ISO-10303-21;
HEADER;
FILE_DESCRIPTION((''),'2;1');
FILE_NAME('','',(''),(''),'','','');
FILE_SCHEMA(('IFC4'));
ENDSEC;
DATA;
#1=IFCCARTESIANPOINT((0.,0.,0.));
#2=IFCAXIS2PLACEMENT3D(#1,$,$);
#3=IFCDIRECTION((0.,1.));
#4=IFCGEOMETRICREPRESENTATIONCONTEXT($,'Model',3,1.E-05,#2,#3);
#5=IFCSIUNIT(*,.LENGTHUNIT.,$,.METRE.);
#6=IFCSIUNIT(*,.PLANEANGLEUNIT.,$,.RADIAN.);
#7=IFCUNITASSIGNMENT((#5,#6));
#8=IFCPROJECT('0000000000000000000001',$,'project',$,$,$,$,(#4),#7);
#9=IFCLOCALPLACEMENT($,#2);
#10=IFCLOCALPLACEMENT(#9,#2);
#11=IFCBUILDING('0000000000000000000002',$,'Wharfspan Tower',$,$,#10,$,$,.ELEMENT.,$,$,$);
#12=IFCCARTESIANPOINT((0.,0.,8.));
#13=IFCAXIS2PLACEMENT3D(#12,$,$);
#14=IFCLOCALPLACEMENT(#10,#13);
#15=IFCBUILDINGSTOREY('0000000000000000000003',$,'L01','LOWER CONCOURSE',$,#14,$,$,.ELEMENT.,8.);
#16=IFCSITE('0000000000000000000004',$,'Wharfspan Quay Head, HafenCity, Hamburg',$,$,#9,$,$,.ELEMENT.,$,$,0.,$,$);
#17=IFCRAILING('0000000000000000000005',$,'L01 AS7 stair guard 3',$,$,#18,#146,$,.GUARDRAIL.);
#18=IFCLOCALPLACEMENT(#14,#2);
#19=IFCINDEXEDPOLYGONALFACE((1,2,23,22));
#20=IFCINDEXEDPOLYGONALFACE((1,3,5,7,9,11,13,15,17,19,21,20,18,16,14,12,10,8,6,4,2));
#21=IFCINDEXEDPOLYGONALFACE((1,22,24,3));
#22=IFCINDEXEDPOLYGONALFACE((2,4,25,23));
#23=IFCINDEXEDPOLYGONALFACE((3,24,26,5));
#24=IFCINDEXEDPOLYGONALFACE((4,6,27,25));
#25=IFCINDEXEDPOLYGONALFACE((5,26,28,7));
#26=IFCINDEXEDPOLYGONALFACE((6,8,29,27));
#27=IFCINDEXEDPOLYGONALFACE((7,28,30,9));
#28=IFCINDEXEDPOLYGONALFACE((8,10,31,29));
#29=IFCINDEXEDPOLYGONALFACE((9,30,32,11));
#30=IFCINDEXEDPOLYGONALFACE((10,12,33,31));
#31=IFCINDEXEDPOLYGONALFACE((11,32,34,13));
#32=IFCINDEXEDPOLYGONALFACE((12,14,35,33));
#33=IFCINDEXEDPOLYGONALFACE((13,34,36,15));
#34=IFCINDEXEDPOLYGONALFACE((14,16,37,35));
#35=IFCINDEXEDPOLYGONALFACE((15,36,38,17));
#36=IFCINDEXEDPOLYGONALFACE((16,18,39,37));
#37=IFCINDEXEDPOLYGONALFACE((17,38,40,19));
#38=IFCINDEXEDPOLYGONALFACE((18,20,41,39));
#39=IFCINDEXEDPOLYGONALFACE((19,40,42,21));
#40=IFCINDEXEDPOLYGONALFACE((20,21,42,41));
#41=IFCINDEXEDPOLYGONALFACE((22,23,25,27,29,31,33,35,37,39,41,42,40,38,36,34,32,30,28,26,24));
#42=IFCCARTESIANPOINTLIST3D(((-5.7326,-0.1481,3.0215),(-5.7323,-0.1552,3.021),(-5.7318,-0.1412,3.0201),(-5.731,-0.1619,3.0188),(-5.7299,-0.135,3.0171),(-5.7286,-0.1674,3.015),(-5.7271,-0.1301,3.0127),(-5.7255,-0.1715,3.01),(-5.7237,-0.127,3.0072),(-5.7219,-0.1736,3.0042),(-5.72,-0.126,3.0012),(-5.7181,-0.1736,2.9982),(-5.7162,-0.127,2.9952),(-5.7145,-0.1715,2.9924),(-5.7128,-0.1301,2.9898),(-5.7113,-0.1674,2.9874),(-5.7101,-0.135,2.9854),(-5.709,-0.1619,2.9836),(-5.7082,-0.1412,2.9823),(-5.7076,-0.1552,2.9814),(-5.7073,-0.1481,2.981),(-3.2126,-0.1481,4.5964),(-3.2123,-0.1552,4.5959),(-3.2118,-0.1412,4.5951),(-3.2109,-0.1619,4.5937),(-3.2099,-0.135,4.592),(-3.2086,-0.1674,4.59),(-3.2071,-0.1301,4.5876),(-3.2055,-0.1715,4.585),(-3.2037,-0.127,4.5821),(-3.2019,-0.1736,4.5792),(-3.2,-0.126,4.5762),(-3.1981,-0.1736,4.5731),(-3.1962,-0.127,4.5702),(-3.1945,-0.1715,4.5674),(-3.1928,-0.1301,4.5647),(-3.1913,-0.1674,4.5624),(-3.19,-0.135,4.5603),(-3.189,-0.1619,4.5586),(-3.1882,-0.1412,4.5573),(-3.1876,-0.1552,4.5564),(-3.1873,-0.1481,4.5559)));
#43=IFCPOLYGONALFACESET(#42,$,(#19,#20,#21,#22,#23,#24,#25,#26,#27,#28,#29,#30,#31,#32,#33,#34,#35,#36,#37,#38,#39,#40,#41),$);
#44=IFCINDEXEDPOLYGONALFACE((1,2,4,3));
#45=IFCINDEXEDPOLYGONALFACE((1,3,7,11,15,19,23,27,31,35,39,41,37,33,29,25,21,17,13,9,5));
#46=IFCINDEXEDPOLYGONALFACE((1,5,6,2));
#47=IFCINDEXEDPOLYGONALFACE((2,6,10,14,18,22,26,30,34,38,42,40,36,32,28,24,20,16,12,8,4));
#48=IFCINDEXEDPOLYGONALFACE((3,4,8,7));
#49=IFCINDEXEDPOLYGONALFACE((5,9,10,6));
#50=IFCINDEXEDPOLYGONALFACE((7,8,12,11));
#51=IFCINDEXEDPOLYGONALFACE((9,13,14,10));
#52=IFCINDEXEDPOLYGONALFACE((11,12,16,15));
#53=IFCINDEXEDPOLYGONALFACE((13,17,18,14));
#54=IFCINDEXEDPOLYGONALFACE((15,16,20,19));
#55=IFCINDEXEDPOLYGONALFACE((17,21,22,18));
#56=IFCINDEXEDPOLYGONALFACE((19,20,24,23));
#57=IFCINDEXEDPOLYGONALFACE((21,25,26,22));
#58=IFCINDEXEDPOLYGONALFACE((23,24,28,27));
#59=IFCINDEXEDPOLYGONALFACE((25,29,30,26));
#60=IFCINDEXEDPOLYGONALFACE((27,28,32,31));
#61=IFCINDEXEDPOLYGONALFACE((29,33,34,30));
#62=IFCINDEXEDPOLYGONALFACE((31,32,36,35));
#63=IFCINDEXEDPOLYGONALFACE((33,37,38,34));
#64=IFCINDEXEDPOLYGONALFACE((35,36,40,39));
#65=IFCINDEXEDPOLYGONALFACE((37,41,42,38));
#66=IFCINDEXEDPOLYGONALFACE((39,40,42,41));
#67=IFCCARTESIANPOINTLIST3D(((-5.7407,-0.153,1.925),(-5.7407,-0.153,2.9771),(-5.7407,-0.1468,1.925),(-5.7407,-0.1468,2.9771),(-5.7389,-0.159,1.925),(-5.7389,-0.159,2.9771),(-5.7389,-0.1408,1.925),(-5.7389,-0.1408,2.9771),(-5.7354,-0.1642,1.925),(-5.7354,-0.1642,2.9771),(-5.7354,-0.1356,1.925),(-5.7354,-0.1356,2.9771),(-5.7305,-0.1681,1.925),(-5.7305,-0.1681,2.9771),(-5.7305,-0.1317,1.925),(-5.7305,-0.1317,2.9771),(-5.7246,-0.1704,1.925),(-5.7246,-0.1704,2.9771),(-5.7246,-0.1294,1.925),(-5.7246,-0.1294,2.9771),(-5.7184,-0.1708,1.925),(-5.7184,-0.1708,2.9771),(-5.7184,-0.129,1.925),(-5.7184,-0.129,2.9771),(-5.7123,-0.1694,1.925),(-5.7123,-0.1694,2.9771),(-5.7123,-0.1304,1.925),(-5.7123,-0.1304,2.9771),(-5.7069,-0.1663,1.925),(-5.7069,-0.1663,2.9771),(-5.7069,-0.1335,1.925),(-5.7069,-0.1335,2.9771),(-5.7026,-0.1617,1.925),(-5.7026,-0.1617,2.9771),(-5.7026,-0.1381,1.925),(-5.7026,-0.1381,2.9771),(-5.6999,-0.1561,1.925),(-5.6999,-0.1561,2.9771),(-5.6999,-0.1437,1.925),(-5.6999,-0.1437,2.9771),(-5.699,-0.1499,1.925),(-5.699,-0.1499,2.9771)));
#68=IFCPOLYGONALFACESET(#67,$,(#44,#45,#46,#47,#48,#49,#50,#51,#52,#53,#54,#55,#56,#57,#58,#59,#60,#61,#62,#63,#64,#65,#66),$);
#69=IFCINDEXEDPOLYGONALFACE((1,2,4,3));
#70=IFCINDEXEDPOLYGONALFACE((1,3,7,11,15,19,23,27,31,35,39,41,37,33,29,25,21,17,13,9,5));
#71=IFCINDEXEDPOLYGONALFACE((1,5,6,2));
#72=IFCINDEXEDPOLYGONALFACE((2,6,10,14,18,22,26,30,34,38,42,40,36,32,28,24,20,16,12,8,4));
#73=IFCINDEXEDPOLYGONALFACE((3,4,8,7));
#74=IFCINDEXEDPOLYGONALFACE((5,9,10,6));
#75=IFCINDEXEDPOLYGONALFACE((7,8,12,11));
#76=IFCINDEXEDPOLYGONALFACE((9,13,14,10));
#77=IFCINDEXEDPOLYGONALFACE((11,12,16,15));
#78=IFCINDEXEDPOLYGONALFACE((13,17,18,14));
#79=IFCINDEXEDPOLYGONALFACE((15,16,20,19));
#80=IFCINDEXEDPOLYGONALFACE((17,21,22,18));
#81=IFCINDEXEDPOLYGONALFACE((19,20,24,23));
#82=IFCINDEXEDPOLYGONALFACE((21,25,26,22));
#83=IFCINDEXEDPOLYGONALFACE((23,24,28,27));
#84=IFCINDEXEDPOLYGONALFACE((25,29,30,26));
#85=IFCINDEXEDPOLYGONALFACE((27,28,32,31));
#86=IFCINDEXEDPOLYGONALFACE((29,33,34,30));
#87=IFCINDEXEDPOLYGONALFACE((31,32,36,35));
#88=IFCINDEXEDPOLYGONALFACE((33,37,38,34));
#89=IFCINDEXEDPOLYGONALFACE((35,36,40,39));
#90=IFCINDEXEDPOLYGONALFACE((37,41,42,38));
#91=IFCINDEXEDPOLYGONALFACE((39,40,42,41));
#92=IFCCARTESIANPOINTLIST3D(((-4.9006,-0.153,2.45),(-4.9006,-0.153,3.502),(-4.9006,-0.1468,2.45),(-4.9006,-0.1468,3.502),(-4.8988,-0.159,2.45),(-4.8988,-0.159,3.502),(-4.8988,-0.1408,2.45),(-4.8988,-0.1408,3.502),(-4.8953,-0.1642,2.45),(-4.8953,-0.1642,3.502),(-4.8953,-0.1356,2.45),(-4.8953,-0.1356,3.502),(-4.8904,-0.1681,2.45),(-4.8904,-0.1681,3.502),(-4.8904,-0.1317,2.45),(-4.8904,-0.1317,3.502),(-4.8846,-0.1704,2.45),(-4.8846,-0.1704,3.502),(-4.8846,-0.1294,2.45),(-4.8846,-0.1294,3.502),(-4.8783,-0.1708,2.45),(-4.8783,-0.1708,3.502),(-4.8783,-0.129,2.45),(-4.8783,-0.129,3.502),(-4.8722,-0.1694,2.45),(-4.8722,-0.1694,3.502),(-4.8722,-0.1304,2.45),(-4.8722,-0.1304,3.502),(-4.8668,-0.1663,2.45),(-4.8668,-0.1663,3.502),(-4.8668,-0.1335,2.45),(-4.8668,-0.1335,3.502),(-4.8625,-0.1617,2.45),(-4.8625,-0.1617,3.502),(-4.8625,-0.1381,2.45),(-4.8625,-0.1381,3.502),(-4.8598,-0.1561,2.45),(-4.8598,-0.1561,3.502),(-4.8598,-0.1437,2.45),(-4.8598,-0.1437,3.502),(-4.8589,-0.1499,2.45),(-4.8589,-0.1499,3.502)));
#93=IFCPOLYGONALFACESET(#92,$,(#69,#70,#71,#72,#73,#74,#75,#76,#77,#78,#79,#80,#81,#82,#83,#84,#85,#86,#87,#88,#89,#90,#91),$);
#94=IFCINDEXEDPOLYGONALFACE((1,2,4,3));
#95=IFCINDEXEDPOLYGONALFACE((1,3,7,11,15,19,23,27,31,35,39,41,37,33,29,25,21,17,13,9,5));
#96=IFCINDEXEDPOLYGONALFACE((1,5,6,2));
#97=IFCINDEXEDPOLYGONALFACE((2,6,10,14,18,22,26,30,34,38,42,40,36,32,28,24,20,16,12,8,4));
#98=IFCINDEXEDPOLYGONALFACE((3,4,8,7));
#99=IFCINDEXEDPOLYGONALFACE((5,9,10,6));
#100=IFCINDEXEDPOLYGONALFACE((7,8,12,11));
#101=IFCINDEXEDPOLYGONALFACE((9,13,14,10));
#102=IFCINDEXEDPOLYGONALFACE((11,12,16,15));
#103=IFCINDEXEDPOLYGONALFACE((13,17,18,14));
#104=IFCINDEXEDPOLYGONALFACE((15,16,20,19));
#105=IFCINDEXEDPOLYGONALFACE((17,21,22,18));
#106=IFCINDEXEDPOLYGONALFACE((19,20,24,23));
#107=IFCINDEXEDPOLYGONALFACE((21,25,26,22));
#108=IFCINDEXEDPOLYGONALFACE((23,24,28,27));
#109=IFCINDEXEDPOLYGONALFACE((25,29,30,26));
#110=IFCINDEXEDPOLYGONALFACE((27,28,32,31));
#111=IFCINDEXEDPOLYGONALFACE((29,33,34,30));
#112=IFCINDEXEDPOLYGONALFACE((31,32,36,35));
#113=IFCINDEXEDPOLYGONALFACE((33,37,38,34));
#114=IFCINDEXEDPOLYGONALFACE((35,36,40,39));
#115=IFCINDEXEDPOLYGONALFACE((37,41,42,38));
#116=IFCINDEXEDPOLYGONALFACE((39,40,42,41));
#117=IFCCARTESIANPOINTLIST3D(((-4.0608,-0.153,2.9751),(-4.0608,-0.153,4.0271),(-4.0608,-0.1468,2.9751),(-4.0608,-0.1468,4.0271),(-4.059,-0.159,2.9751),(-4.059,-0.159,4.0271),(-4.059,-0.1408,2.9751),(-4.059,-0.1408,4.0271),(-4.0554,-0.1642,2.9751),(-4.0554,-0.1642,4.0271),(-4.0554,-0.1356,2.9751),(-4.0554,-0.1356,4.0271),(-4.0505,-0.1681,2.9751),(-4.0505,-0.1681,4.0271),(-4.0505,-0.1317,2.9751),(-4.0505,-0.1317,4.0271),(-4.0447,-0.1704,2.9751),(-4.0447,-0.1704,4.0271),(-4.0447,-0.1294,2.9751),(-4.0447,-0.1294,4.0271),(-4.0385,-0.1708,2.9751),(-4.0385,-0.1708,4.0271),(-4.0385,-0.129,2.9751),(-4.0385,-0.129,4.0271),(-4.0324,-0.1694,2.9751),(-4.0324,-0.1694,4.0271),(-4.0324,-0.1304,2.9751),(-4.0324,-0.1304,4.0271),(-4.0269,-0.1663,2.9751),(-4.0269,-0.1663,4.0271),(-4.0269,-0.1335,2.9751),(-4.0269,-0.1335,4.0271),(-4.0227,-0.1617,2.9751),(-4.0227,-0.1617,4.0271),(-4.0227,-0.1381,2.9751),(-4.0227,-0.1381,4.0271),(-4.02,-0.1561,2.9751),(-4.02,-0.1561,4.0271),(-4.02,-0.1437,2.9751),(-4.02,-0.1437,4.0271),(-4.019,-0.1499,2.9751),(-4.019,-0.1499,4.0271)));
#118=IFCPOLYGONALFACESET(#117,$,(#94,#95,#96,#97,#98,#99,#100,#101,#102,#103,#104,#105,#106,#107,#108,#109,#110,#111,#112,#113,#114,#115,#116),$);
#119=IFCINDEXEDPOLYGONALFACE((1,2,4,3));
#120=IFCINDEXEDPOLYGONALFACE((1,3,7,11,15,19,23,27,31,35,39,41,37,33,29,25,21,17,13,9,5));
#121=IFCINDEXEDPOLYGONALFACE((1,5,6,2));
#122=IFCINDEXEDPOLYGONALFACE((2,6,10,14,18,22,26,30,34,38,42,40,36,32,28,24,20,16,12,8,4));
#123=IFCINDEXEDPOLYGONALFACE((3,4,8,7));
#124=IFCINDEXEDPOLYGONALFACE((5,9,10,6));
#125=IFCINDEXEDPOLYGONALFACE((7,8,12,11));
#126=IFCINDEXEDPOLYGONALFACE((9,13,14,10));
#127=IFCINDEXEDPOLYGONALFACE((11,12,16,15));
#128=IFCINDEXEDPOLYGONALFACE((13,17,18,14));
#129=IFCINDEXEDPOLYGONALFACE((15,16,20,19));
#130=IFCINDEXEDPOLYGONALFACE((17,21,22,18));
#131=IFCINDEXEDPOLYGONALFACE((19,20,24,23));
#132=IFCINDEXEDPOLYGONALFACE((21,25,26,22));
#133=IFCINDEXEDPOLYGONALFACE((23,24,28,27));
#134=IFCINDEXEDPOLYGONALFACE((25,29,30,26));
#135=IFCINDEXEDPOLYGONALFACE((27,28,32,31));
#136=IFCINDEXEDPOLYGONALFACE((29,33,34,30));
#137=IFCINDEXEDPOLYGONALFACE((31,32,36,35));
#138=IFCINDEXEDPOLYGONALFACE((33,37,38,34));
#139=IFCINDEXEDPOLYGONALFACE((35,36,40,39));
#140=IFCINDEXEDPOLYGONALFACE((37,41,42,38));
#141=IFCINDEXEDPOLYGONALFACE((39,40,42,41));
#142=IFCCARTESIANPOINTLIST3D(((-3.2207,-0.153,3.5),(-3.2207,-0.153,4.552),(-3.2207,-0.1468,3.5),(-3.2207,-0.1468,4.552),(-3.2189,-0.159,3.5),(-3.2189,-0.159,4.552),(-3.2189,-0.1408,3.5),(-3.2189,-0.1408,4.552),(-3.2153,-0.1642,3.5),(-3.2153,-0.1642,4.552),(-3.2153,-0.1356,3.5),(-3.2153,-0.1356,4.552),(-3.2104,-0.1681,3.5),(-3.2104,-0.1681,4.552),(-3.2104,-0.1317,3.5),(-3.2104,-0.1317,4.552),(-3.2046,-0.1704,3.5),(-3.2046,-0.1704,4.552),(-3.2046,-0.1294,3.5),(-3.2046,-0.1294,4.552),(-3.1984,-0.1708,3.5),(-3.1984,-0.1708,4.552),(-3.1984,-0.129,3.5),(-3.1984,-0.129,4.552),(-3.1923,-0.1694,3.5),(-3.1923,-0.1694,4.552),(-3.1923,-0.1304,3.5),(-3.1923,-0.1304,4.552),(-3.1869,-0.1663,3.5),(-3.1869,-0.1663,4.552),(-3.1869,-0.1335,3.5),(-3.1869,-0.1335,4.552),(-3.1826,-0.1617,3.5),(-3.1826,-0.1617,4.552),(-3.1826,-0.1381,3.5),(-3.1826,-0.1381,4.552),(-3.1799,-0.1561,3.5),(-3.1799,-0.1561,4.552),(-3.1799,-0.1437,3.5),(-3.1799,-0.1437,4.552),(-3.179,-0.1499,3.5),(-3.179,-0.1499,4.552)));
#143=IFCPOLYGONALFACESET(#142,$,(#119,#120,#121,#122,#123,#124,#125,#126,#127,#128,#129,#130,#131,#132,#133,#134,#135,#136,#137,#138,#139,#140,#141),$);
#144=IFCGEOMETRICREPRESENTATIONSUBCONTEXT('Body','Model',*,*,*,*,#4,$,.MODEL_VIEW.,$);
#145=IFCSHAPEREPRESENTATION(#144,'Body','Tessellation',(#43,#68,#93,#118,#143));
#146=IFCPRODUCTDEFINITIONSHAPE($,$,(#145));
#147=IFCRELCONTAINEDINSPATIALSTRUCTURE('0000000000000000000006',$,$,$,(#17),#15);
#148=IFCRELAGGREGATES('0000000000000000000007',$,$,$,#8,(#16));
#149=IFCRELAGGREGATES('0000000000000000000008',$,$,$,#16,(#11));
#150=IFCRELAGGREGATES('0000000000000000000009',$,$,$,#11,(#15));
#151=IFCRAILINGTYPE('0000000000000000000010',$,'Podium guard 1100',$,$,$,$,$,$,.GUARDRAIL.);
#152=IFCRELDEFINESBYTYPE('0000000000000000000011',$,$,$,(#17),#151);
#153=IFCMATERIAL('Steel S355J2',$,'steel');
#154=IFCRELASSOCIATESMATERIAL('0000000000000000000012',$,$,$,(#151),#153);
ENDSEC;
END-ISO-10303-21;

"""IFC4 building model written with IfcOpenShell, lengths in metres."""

from ifc_helpers import new_model, si_unit, direction, frame, origin, origin_2d, place, context, subcontext, project, spatial, circle, extrude, material, type_object, element, save


model = new_model("IFC4")

# Units and contexts
model_context = context("Model", 3, precision=1e-05, world=origin(), true_north=direction((0.0, 1.0)))
body_context = subcontext(model_context, "Body", "Model", "MODEL_VIEW")
ifc_project = project(units=[si_unit("LENGTHUNIT", "METRE"), si_unit("PLANEANGLEUNIT", "RADIAN")], contexts=[model_context])

# Site, building, storey
site_placement = place(None, origin())
site = spatial("IfcSite", under=ifc_project, at=site_placement, Name="Wharfspan Quay Head, HafenCity, Hamburg", CompositionType="ELEMENT", RefElevation=0.0)
building_placement = place(site_placement, origin())
building = spatial("IfcBuilding", under=site, at=building_placement, Name="Wharfspan Tower", CompositionType="ELEMENT")
storey_placement = place(building_placement, frame((0.0, 0.0, 8.0)))
storey = spatial("IfcBuildingStorey", under=building, at=storey_placement, Name="L01", Description="LOWER CONCOURSE", CompositionType="ELEMENT", Elevation=8.0)

# Railing
ifc_material_1 = material(Name="Steel S355J2", Category="steel")
railing_type_1 = type_object("IfcRailingType", Name="Podium guard 1100", PredefinedType="GUARDRAIL", material=ifc_material_1)
railing_1_placement = place(storey_placement, frame((-5.72, -0.1499, 1.925)))
element("IfcRailing", 1, at=railing_1_placement, inside=storey, type_object=railing_type_1, Name="L01 AS7 stair guard 3", PredefinedType="GUARDRAIL", context=body_context, shape_type="SweptSolid", body=[
    extrude(circle(Radius=0.0239, at=origin_2d()), frame((0.0, 0.0, 1.0762), z_axis=(0.848008, 0.0, 0.529984), x_axis=(0.0, 1.0, 0.0)), (0.0, 0.0, 1.0), 2.9717),
    extrude(circle(Radius=0.021, at=origin_2d()), origin(), (0.0, 0.0, 1.0), 1.052),
    extrude(circle(Radius=0.021, at=origin_2d()), frame((0.8401, 0.0, 0.5249)), (0.0, 0.0, 1.0), 1.052),
    extrude(circle(Radius=0.021, at=origin_2d()), frame((1.6799, 0.0, 1.05)), (0.0, 0.0, 1.0), 1.052),
    extrude(circle(Radius=0.021, at=origin_2d()), frame((2.52, 0.0, 1.575)), (0.0, 0.0, 1.0), 1.052),
])

save(model, "model.ifc")
